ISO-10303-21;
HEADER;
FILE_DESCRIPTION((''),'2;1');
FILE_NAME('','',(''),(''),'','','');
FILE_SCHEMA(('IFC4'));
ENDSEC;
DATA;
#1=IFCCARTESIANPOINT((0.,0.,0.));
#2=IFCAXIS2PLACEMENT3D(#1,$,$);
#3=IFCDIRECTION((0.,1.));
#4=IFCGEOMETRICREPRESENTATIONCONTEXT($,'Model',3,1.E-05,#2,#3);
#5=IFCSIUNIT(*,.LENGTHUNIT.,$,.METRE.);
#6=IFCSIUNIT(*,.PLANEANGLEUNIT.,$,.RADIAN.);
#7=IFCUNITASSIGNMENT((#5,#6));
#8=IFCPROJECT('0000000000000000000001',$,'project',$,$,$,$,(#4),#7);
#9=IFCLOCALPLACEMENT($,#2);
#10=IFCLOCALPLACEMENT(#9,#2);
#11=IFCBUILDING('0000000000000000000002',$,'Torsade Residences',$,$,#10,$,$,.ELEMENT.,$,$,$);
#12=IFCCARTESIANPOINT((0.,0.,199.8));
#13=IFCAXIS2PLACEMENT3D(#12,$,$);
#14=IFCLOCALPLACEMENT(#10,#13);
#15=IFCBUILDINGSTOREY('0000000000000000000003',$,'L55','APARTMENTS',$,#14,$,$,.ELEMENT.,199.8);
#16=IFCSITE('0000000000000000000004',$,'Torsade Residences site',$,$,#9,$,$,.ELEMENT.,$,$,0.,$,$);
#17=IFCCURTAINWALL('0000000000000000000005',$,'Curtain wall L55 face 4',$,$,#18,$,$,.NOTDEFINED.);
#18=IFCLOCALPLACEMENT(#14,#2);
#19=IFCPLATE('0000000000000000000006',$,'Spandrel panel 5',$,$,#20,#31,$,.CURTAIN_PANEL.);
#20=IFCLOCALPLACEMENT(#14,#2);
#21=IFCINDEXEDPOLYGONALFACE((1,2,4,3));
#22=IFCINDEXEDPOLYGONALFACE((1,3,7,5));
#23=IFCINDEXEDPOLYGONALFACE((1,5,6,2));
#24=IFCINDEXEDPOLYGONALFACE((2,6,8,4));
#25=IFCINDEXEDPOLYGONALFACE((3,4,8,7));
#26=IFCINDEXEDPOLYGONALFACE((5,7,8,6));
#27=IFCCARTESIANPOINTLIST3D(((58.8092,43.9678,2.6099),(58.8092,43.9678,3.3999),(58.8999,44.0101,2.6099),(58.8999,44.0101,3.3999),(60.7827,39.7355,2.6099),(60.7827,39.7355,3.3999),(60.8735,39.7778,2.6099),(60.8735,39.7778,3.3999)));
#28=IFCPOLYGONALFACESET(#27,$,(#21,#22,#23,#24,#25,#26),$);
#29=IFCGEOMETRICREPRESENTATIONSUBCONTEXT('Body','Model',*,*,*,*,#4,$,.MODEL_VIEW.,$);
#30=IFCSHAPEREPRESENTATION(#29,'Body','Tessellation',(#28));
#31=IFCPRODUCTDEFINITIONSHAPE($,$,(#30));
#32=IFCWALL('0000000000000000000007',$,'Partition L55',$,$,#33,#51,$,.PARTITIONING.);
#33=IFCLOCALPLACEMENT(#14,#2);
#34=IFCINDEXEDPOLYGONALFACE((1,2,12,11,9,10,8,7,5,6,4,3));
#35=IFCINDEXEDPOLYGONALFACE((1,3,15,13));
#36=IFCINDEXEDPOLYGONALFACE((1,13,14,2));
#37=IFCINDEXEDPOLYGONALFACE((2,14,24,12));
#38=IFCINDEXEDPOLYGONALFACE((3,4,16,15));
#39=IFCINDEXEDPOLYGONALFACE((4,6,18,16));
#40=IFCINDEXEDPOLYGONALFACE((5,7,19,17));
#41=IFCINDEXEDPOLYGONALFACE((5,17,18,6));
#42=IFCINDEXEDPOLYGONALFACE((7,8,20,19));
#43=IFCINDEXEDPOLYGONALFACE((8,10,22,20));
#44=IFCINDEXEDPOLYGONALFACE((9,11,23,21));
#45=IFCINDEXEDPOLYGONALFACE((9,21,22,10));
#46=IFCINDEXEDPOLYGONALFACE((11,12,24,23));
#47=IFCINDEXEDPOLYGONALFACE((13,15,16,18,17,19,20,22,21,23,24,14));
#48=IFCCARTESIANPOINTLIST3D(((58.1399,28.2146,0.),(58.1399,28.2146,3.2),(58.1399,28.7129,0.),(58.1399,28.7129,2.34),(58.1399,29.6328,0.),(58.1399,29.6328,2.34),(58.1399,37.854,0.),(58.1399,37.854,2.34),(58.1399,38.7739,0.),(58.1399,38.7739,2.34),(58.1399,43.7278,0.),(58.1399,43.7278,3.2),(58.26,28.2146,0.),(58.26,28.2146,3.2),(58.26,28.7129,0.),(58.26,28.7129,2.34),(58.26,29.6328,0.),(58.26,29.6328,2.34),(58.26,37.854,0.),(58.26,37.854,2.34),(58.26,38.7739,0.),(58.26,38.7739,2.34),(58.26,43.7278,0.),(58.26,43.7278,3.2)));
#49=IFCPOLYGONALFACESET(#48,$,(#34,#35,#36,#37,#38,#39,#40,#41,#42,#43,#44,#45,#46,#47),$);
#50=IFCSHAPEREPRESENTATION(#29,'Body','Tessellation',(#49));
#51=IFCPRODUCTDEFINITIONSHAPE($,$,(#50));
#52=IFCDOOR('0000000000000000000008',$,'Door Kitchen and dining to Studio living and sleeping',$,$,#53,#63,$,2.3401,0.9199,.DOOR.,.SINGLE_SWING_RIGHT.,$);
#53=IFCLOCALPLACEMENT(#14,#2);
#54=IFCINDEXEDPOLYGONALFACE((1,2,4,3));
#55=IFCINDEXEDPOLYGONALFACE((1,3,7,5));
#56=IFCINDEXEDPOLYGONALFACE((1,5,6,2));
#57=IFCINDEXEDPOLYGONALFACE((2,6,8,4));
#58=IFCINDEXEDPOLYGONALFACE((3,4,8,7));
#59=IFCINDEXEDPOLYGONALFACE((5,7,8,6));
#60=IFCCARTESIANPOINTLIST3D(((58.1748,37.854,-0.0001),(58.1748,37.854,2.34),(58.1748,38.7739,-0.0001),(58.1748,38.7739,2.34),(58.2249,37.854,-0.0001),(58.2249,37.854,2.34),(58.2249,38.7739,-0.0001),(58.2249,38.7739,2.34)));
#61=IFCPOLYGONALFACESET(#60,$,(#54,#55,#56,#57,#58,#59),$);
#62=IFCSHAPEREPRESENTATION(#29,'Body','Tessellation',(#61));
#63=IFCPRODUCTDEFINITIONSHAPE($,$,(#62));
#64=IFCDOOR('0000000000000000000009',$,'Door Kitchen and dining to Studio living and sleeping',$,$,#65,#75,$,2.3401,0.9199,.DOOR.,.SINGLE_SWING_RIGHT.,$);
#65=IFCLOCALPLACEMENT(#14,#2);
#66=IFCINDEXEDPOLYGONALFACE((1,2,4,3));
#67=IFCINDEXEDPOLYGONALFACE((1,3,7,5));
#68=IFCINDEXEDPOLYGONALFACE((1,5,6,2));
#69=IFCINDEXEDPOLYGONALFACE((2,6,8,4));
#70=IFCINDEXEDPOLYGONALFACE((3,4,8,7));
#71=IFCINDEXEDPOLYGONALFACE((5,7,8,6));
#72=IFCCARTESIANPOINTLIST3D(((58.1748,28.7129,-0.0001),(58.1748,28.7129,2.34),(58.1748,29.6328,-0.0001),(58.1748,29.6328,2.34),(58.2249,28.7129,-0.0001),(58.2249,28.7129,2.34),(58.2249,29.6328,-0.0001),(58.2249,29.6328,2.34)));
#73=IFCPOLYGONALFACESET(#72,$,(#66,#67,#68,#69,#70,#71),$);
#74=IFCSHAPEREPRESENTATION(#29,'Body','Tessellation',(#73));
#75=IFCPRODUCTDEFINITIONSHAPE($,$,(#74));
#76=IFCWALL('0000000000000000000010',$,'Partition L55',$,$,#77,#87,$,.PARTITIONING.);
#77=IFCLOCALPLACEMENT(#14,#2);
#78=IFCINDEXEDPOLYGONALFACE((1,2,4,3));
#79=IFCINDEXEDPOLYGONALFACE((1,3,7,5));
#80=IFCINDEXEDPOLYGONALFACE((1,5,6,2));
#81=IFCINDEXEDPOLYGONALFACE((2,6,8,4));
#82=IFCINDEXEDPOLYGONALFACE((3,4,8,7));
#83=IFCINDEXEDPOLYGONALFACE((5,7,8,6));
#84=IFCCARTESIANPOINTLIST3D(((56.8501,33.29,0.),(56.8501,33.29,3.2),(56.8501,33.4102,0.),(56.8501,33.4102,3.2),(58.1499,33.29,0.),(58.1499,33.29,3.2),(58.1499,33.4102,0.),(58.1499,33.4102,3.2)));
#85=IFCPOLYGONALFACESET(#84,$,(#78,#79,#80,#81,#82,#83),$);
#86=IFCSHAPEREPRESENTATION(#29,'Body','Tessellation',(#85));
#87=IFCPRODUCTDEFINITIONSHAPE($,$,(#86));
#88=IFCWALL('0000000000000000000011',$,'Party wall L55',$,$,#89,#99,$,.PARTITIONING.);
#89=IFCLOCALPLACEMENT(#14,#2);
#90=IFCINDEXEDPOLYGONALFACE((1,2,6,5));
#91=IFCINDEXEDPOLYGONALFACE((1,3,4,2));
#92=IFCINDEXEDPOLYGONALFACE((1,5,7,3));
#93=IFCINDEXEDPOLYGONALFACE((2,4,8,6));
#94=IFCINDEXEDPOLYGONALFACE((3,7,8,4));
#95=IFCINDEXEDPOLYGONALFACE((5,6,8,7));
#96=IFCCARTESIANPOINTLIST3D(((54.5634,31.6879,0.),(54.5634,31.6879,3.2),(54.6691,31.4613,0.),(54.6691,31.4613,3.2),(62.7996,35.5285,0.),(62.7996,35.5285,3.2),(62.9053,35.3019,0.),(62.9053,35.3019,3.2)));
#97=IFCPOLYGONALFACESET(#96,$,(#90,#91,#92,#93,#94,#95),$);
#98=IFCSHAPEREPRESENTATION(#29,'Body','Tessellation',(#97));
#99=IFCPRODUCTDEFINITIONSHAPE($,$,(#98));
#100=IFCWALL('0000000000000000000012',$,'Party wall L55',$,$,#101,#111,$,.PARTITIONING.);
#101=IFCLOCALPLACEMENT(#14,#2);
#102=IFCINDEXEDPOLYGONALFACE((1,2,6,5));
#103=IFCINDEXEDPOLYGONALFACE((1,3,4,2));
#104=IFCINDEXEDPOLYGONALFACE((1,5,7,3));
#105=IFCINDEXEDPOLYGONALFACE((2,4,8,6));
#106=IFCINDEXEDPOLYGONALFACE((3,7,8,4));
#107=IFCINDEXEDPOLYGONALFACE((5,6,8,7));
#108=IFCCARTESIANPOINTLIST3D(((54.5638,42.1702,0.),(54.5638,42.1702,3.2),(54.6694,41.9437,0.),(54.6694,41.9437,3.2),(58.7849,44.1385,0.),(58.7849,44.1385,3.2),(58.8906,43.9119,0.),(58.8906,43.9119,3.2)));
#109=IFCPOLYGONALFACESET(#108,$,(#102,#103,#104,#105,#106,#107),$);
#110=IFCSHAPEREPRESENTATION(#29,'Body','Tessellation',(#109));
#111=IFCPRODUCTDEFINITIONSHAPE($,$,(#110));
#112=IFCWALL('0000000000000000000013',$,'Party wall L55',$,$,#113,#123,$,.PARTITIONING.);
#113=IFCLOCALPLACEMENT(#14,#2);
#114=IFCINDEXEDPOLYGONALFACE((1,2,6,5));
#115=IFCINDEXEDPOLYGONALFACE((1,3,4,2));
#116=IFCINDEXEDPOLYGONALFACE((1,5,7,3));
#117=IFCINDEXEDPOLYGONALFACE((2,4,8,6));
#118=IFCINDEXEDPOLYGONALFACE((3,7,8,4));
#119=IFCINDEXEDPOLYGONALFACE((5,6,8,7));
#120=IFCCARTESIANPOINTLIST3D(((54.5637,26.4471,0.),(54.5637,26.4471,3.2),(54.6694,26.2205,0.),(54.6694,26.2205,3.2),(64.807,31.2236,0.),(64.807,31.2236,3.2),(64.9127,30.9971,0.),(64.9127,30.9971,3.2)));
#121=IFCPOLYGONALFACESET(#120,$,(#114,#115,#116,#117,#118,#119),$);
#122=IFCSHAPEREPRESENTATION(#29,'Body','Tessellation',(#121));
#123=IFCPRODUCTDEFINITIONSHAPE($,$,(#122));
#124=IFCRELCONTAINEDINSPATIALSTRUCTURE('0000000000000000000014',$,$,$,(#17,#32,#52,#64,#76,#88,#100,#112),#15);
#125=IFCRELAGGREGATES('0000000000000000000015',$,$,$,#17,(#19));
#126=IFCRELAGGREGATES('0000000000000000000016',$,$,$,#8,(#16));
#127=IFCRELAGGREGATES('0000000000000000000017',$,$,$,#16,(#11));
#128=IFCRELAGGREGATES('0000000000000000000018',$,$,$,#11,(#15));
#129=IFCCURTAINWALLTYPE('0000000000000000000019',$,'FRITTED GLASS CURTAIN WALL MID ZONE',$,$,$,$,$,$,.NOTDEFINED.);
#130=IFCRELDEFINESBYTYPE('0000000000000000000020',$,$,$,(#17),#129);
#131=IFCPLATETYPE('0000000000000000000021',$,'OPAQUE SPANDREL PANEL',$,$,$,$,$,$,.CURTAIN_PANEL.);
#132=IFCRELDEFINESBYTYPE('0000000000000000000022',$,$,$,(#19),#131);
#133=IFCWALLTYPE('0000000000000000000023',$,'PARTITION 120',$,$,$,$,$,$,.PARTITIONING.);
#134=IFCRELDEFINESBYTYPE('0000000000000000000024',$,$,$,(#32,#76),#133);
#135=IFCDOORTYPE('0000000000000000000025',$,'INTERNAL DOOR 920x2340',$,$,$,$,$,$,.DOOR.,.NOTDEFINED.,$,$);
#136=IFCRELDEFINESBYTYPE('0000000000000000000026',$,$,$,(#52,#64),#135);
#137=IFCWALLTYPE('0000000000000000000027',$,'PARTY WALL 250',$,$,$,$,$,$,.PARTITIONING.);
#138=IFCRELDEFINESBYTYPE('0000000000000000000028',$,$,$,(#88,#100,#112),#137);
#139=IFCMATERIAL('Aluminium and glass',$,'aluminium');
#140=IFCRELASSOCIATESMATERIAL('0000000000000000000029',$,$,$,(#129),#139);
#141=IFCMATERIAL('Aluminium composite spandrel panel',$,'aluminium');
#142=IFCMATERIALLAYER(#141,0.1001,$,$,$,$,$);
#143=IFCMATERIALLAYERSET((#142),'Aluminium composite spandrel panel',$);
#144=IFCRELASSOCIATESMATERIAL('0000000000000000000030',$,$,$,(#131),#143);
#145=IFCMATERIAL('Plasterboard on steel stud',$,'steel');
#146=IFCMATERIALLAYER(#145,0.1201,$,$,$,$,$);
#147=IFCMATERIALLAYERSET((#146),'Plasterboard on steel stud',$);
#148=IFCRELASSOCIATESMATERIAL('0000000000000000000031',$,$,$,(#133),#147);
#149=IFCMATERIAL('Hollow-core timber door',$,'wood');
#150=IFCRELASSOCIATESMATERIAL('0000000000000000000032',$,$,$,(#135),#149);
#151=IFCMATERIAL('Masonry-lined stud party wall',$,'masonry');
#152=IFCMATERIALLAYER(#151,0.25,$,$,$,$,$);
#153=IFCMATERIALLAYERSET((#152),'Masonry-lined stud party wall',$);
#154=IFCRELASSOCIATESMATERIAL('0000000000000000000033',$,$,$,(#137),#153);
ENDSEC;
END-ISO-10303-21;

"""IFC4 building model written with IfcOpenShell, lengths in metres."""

from ifc_helpers import new_model, si_unit, direction, frame, frame_2d, origin, origin_2d, place, context, subcontext, project, spatial, rectangle, extrude, material, layer, layer_set, type_object, element, fill, aggregate, save


model = new_model("IFC4")

# Units and contexts
model_context = context("Model", 3, precision=1e-05, world=origin(), true_north=direction((0.0, 1.0)))
body_context = subcontext(model_context, "Body", "Model", "MODEL_VIEW")
ifc_project = project(units=[si_unit("LENGTHUNIT", "METRE"), si_unit("PLANEANGLEUNIT", "RADIAN")], contexts=[model_context])

# Site, building, storey
site_placement = place(None, origin())
site = spatial("IfcSite", under=ifc_project, at=site_placement, Name="Torsade Residences site", CompositionType="ELEMENT", RefElevation=0.0)
building_placement = place(site_placement, origin())
building = spatial("IfcBuilding", under=site, at=building_placement, Name="Torsade Residences", CompositionType="ELEMENT")
storey_placement = place(building_placement, frame((0.0, 0.0, 199.8)))
storey = spatial("IfcBuildingStorey", under=building, at=storey_placement, Name="L55", Description="APARTMENTS", CompositionType="ELEMENT", Elevation=199.8)

# Curtain wall
ifc_material_1 = material(Name="Aluminium and glass", Category="aluminium")
curtain_wall_type = type_object("IfcCurtainWallType", Name="FRITTED GLASS CURTAIN WALL MID ZONE", PredefinedType="NOTDEFINED", material=ifc_material_1)
curtain_wall_placement = place(storey_placement, origin())
curtain_wall = element("IfcCurtainWall", 1, at=curtain_wall_placement, inside=storey, type_object=curtain_wall_type, Name="Curtain wall L55 face 4", PredefinedType="NOTDEFINED")

# Plate
ifc_material_2 = material(Name="Aluminium composite spandrel panel", Category="aluminium")
ifc_layer_1 = layer(ifc_material_2, 0.1001)
ifc_layer_set_1 = layer_set([ifc_layer_1], Name="Aluminium composite spandrel panel")
plate_type_1 = type_object("IfcPlateType", Name="OPAQUE SPANDREL PANEL", PredefinedType="CURTAIN_PANEL", material=ifc_layer_set_1)
plate_1_placement = place(storey_placement, frame((59.8413, 41.8728, 2.6099), z_axis=(0.0, 0.0, 1.0), x_axis=(-0.422618, 0.906308, 0.0)))
plate_1 = element("IfcPlate", 2, at=plate_1_placement, type_object=plate_type_1, Name="Spandrel panel 5", PredefinedType="CURTAIN_PANEL", context=body_context, shape_type="SweptSolid", body=[
    extrude(rectangle(XDim=4.6699, YDim=0.1001, at=origin_2d()), origin(), (0.0, 0.0, 1.0), 0.79),
])
aggregate(curtain_wall, [plate_1])

# Wall, openings, doors
ifc_material_3 = material(Name="Plasterboard on steel stud", Category="steel")
ifc_layer_2 = layer(ifc_material_3, 0.1201)
ifc_layer_set_2 = layer_set([ifc_layer_2], Name="Plasterboard on steel stud")
wall_type_1 = type_object("IfcWallType", Name="PARTITION 120", PredefinedType="PARTITIONING", material=ifc_layer_set_2)
wall_1_placement = place(storey_placement, frame((58.2, 43.7278, 0.0), z_axis=(0.0, 0.0, 1.0), x_axis=(0.0, -1.0, 0.0)))
wall_1 = element("IfcWall", 3, at=wall_1_placement, inside=storey, type_object=wall_type_1, Name="Partition L55", PredefinedType="PARTITIONING", context=body_context, shape_type="SweptSolid", body=[
    extrude(rectangle(XDim=15.5132, YDim=0.1201, at=frame_2d((7.7566, 0.0))), origin(), (0.0, 0.0, 1.0), 3.2),
])
opening_1_placement = place(wall_1_placement, frame((4.9539, 0.0, 0.0)))
opening_1 = element("IfcOpeningElement", 4, at=opening_1_placement, cuts=wall_1, PredefinedType="OPENING", context=body_context, shape_type="SweptSolid", body=[
    extrude(rectangle(XDim=0.9199, YDim=2.3401, at=frame_2d((0.46, 1.1699))), frame((0.0, 0.0701, 0.0), z_axis=(0.0, -1.0, 0.0), x_axis=(1.0, 0.0, 0.0)), (0.0, 0.0, 1.0), 0.1401),
])
opening_2_placement = place(wall_1_placement, frame((14.095, 0.0, 0.0)))
opening_2 = element("IfcOpeningElement", 5, at=opening_2_placement, cuts=wall_1, PredefinedType="OPENING", context=body_context, shape_type="SweptSolid", body=[
    extrude(rectangle(XDim=0.9199, YDim=2.3401, at=frame_2d((0.46, 1.1699))), frame((0.0, 0.0701, 0.0), z_axis=(0.0, -1.0, 0.0), x_axis=(1.0, 0.0, 0.0)), (0.0, 0.0, 1.0), 0.1401),
])
ifc_material_4 = material(Name="Hollow-core timber door", Category="wood")
door_type = type_object("IfcDoorType", Name="INTERNAL DOOR 920x2340", OperationType="NOTDEFINED", PredefinedType="DOOR", material=ifc_material_4)
door_1_placement = place(opening_1_placement, origin())
door_1 = element("IfcDoor", 6, at=door_1_placement, inside=storey, type_object=door_type, Name="Door Kitchen and dining to Studio living and sleeping", OperationType="SINGLE_SWING_RIGHT", OverallHeight=2.3401, OverallWidth=0.9199, PredefinedType="DOOR", context=body_context, shape_type="SweptSolid", body=[
    extrude(rectangle(XDim=0.9199, YDim=2.3401, at=frame_2d((0.46, 1.1699))), frame((0.0, 0.0249, 0.0), z_axis=(0.0, -1.0, 0.0), x_axis=(1.0, 0.0, 0.0)), (0.0, 0.0, 1.0), 0.05),
])
fill(opening_1, door_1)
door_2_placement = place(opening_2_placement, origin())
door_2 = element("IfcDoor", 7, at=door_2_placement, inside=storey, type_object=door_type, Name="Door Kitchen and dining to Studio living and sleeping", OperationType="SINGLE_SWING_RIGHT", OverallHeight=2.3401, OverallWidth=0.9199, PredefinedType="DOOR", context=body_context, shape_type="SweptSolid", body=[
    extrude(rectangle(XDim=0.9199, YDim=2.3401, at=frame_2d((0.46, 1.1699))), frame((0.0, 0.0249, 0.0), z_axis=(0.0, -1.0, 0.0), x_axis=(1.0, 0.0, 0.0)), (0.0, 0.0, 1.0), 0.05),
])
fill(opening_2, door_2)

# Walls
wall_2_placement = place(storey_placement, frame((58.1499, 33.3501, 0.0), z_axis=(0.0, 0.0, 1.0), x_axis=(-1.0, 0.0, 0.0)))
element("IfcWall", 8, at=wall_2_placement, inside=storey, type_object=wall_type_1, Name="Partition L55", PredefinedType="PARTITIONING", context=body_context, shape_type="SweptSolid", body=[
    extrude(rectangle(XDim=1.2998, YDim=0.1201, at=frame_2d((0.6499, 0.0))), origin(), (0.0, 0.0, 1.0), 3.2),
])
ifc_material_5 = material(Name="Masonry-lined stud party wall", Category="masonry")
ifc_layer_3 = layer(ifc_material_5, 0.25)
ifc_layer_set_3 = layer_set([ifc_layer_3], Name="Masonry-lined stud party wall")
wall_type_2 = type_object("IfcWallType", Name="PARTY WALL 250", PredefinedType="PARTITIONING", material=ifc_layer_set_3)
wall_3_placement = place(storey_placement, frame((62.8525, 35.4153, 0.0), z_axis=(0.0, 0.0, 1.0), x_axis=(-0.906307, -0.422621, 0.0)))
element("IfcWall", 9, at=wall_3_placement, inside=storey, type_object=wall_type_2, Name="Party wall L55", PredefinedType="PARTITIONING", context=body_context, shape_type="SweptSolid", body=[
    extrude(rectangle(XDim=9.0876, YDim=0.25, at=frame_2d((4.5439, 0.0))), origin(), (0.0, 0.0, 1.0), 3.2),
])
wall_4_placement = place(storey_placement, frame((58.8376, 44.0251, 0.0), z_axis=(0.0, 0.0, 1.0), x_axis=(-0.906317, -0.422598, 0.0)))
element("IfcWall", 10, at=wall_4_placement, inside=storey, type_object=wall_type_2, Name="Party wall L55", PredefinedType="PARTITIONING", context=body_context, shape_type="SweptSolid", body=[
    extrude(rectangle(XDim=4.6575, YDim=0.25, at=frame_2d((2.3286, 0.0))), origin(), (0.0, 0.0, 1.0), 3.2),
])
wall_5_placement = place(storey_placement, frame((64.8599, 31.1104, 0.0), z_axis=(0.0, 0.0, 1.0), x_axis=(-0.906307, -0.422621, 0.0)))
element("IfcWall", 11, at=wall_5_placement, inside=storey, type_object=wall_type_2, Name="Party wall L55", PredefinedType="PARTITIONING", context=body_context, shape_type="SweptSolid", body=[
    extrude(rectangle(XDim=11.3022, YDim=0.25, at=frame_2d((5.6511, 0.0))), origin(), (0.0, 0.0, 1.0), 3.2),
])

save(model, "model.ifc")
